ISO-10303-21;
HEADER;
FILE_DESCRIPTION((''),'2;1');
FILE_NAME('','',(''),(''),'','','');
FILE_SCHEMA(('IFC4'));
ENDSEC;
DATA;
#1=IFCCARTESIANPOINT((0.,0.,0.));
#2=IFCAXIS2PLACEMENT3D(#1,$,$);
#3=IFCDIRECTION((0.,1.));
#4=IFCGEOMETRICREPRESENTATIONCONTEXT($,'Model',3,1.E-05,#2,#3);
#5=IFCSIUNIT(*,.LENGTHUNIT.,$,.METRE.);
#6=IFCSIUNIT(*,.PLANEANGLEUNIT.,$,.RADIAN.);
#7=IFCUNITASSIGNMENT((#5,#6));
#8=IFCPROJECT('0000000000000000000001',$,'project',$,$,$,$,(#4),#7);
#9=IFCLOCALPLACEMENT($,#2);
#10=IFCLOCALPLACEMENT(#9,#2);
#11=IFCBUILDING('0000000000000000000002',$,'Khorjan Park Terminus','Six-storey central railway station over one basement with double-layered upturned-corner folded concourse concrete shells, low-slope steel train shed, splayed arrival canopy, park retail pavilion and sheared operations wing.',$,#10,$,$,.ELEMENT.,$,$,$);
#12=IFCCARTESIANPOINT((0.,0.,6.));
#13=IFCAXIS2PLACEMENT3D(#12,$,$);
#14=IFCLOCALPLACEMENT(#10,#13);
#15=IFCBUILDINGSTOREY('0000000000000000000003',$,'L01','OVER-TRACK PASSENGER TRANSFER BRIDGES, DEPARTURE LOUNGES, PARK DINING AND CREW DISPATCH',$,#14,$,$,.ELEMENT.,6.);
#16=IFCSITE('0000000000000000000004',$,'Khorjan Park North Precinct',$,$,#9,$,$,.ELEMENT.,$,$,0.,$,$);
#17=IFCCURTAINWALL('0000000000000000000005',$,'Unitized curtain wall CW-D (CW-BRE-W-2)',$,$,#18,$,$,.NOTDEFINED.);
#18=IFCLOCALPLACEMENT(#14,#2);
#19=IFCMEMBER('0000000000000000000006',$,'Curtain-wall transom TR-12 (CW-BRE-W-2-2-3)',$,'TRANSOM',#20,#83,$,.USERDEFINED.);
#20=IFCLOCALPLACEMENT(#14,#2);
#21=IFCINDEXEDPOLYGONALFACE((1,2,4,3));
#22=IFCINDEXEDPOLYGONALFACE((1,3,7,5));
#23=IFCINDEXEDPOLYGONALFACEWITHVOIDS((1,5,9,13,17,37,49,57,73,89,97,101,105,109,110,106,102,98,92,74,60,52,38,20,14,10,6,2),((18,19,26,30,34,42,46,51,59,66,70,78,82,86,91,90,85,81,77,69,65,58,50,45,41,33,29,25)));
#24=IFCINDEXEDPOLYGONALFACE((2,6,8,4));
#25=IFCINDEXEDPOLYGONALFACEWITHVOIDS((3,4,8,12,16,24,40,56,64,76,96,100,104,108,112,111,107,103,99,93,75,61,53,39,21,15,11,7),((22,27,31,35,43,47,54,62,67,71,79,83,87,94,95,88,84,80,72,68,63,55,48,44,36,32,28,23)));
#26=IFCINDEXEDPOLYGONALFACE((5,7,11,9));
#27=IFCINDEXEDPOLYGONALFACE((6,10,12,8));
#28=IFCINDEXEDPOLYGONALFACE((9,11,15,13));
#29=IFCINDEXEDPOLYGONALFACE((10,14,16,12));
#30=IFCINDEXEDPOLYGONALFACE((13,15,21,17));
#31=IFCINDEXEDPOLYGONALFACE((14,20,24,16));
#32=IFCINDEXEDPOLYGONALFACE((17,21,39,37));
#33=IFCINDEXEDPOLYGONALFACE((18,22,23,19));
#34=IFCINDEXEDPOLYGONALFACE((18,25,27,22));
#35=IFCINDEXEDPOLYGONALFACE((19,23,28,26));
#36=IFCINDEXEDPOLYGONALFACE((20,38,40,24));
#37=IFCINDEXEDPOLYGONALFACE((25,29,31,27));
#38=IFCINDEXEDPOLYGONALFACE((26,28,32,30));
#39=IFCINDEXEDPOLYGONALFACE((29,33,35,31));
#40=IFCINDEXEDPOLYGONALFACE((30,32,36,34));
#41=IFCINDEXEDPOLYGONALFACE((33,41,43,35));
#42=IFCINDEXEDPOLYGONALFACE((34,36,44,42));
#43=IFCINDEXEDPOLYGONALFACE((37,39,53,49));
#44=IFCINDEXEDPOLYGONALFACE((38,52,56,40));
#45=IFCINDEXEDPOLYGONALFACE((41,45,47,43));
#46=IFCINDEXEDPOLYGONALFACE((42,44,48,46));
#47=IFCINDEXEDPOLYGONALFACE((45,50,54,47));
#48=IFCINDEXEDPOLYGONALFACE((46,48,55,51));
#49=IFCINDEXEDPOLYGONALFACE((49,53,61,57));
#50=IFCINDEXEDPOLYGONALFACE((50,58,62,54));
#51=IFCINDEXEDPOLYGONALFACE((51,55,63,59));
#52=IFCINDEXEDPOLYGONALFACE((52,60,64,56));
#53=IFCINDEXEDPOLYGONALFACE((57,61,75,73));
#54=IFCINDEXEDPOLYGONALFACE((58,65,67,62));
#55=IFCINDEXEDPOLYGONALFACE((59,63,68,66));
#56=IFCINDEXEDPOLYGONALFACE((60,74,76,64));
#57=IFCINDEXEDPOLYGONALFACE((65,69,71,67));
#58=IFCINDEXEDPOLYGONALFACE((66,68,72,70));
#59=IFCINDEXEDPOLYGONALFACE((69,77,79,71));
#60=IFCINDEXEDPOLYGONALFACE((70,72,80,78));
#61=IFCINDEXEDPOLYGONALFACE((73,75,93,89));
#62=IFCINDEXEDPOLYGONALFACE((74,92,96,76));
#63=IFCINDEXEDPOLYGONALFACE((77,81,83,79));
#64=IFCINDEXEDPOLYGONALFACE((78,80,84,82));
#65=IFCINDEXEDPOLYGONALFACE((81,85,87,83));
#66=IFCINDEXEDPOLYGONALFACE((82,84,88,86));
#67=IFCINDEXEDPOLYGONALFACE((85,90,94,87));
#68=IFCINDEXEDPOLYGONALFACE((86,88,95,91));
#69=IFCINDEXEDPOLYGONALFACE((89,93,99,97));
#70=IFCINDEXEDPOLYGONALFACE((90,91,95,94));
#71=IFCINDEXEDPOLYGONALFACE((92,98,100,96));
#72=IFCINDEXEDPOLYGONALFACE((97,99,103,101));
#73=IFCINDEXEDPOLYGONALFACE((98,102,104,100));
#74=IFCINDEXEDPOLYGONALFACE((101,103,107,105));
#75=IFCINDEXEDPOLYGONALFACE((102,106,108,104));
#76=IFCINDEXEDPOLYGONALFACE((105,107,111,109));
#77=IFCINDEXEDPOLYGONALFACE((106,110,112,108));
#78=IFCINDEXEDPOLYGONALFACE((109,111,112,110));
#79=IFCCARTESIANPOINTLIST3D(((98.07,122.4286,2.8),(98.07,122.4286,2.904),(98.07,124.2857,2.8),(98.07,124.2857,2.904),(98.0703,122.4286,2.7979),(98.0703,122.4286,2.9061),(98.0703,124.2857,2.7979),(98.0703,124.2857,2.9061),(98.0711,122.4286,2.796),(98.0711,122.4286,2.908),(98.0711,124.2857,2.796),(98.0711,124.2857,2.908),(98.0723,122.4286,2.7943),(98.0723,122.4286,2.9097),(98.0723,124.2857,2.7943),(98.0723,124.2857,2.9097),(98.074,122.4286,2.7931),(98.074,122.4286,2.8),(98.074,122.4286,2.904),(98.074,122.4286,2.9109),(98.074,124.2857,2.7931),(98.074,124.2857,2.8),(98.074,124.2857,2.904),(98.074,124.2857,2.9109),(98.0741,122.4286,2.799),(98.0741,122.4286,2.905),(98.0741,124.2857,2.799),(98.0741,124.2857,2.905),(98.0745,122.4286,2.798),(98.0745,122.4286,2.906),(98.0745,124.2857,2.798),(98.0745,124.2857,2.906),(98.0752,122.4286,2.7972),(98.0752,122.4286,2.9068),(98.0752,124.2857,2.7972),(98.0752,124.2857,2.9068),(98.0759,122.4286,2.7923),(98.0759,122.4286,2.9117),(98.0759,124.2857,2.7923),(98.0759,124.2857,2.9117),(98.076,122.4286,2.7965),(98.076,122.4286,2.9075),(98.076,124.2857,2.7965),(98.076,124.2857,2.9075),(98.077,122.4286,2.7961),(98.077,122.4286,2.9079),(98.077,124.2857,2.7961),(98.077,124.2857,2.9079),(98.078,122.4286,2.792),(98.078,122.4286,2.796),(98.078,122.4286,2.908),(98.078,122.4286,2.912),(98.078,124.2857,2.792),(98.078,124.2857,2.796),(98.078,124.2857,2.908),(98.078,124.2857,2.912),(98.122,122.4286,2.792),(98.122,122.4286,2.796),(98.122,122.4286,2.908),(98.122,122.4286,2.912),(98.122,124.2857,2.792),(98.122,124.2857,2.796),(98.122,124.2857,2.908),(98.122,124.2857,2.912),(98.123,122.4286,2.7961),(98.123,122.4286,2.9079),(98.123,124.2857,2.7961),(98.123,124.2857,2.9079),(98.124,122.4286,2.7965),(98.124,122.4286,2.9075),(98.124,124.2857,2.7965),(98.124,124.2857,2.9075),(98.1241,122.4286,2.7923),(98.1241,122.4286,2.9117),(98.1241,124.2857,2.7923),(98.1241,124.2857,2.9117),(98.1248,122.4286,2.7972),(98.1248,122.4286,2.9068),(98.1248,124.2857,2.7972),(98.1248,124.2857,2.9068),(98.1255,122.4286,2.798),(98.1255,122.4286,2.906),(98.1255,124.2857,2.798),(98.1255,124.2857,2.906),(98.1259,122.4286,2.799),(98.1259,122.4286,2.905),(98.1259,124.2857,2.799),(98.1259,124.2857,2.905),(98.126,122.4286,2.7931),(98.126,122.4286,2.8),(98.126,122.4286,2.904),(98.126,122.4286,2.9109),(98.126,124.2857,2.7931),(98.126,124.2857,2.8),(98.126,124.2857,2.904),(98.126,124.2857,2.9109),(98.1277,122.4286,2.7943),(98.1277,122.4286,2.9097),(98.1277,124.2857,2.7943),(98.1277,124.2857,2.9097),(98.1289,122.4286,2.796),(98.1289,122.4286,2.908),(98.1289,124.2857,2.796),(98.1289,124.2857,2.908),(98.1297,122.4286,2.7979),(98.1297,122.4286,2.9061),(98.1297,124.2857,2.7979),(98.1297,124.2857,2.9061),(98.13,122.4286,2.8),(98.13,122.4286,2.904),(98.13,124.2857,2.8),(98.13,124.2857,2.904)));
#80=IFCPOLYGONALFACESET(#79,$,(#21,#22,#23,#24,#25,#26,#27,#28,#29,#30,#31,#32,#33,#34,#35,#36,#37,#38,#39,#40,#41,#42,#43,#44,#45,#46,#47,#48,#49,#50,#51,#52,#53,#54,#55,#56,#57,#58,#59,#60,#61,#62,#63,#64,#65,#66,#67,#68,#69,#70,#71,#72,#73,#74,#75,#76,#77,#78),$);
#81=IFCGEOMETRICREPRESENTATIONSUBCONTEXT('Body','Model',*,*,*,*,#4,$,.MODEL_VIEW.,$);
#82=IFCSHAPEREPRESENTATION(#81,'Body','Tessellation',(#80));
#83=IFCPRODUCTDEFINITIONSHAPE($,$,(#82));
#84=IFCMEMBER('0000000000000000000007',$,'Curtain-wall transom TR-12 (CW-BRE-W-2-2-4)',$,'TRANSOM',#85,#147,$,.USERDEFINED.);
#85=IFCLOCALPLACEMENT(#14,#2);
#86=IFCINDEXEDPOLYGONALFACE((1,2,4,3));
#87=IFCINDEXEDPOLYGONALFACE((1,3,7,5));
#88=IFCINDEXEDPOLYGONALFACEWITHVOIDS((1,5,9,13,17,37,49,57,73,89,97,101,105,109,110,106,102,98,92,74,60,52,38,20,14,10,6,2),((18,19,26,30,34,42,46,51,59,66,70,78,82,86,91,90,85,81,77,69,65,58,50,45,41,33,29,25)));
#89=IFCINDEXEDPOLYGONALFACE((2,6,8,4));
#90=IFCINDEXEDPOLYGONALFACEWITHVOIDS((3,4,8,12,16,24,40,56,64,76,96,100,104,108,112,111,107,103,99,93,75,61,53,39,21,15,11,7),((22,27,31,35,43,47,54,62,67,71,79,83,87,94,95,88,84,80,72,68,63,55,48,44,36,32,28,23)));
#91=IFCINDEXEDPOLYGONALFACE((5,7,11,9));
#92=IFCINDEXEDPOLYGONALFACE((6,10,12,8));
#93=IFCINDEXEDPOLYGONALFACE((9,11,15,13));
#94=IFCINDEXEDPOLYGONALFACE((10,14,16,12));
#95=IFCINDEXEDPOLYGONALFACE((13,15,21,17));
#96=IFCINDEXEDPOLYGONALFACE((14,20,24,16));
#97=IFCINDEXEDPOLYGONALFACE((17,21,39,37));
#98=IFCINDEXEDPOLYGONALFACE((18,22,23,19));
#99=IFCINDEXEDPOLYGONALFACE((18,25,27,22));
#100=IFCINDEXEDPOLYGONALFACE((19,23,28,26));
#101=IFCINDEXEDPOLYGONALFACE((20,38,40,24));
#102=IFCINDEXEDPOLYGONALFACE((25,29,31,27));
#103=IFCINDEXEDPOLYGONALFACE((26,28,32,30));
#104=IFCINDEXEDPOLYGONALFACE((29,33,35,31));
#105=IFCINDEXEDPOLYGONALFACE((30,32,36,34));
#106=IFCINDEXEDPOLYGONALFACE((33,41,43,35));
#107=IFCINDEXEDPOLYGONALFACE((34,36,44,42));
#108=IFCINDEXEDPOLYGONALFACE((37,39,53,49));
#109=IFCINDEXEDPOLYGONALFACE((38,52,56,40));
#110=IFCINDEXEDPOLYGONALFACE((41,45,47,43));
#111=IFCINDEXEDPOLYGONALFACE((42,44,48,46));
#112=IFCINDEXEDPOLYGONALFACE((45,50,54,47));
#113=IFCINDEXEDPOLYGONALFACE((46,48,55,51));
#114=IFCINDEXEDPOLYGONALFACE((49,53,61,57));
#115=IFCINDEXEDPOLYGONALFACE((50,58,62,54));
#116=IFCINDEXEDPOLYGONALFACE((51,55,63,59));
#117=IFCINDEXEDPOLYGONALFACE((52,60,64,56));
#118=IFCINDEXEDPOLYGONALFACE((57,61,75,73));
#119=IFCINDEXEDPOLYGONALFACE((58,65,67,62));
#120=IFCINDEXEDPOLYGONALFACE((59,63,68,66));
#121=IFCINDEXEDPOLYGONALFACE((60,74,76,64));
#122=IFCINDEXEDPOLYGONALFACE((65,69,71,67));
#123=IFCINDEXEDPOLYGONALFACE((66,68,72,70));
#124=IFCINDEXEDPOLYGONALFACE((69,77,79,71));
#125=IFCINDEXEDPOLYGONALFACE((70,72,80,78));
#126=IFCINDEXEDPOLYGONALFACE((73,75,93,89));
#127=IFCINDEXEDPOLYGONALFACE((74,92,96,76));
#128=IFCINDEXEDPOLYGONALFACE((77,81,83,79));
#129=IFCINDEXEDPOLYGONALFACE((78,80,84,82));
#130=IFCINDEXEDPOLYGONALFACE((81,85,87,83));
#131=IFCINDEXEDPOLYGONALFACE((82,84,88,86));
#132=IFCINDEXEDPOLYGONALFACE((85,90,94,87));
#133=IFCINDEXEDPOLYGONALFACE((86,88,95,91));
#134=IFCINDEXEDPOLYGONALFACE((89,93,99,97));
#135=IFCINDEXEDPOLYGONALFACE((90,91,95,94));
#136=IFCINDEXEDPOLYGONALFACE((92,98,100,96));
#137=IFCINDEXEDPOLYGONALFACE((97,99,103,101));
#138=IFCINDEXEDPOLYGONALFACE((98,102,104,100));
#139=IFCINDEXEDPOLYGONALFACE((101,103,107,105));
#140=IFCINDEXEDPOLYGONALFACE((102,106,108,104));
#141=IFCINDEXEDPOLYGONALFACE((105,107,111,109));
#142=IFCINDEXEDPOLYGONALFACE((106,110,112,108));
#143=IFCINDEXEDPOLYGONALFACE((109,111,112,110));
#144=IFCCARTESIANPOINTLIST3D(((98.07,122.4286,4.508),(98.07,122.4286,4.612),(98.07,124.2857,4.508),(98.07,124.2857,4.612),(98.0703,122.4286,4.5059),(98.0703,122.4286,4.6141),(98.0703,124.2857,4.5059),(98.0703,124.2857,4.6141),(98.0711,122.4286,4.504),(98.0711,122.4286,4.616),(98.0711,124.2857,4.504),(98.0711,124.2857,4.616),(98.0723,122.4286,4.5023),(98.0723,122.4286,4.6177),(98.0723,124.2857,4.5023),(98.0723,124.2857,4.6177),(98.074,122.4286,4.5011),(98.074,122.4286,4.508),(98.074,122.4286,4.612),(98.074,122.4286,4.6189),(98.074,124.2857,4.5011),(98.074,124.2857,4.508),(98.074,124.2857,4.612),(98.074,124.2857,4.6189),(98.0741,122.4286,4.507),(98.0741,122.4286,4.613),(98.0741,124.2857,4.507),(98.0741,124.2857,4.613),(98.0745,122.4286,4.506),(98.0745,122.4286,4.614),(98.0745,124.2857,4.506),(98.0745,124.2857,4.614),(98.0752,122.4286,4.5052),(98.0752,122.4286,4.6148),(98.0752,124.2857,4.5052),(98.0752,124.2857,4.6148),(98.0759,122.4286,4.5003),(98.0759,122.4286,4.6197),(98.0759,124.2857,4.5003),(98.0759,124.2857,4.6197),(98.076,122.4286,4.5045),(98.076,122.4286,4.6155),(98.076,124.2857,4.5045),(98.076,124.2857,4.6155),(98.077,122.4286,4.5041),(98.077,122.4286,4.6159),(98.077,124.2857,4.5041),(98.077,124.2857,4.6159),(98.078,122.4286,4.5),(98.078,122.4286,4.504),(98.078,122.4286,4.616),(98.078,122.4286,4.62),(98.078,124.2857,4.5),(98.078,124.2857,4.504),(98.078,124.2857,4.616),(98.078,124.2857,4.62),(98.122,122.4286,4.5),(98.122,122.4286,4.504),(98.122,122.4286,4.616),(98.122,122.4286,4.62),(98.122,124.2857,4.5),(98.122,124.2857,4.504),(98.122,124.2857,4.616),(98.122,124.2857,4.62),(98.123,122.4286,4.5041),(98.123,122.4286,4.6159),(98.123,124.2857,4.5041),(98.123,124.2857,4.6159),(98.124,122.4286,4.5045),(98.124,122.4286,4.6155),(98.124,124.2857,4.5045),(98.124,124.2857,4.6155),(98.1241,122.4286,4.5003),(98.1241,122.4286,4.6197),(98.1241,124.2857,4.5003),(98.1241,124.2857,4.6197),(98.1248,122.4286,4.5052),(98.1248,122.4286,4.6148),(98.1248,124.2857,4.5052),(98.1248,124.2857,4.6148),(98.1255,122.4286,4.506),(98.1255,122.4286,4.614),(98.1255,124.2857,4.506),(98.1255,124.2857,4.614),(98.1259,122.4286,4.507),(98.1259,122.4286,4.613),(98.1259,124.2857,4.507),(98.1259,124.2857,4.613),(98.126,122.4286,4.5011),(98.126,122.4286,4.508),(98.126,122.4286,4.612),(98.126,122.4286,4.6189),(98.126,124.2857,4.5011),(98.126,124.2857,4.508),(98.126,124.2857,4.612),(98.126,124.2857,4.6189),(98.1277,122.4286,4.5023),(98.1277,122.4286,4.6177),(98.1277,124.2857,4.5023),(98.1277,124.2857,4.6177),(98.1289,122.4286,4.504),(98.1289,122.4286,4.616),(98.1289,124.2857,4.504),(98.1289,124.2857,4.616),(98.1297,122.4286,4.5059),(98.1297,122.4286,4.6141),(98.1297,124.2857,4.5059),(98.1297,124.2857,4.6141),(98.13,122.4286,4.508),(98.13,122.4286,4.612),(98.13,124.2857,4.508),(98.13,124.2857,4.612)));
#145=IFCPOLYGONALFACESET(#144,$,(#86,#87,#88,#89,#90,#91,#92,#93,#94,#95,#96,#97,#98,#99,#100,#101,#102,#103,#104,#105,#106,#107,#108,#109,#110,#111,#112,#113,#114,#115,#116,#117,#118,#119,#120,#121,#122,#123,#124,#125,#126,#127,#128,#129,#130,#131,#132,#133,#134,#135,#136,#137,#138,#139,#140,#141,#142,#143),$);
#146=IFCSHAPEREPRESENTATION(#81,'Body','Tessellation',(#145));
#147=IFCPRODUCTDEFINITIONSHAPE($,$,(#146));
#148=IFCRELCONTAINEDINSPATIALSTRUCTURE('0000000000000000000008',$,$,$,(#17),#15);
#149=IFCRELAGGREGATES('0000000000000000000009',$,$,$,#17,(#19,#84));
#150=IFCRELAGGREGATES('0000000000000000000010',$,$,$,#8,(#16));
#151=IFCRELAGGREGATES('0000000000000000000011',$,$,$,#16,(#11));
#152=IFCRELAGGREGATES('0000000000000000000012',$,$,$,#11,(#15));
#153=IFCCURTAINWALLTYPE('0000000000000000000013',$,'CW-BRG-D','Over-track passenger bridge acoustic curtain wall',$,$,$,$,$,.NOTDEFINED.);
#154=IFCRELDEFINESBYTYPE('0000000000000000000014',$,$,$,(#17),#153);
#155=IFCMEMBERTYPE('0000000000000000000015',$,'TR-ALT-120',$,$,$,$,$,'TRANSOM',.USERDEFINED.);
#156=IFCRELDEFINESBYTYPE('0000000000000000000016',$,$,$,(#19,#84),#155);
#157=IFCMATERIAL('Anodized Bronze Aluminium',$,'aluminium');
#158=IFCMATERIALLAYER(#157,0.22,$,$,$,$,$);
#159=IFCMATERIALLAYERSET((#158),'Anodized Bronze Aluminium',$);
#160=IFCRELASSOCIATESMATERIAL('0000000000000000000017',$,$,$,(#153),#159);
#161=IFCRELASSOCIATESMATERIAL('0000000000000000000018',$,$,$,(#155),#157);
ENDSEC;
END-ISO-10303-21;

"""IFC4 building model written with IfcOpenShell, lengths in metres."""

from ifc_helpers import new_model, si_unit, direction, frame, origin, origin_2d, place, context, subcontext, project, spatial, hollow_rectangle, extrude, material, layer, layer_set, material_profile, profile_set, type_object, element, aggregate, save


model = new_model("IFC4")

# Units and contexts
model_context = context("Model", 3, precision=1e-05, world=origin(), true_north=direction((0.0, 1.0)))
body_context = subcontext(model_context, "Body", "Model", "MODEL_VIEW")
ifc_project = project(units=[si_unit("LENGTHUNIT", "METRE"), si_unit("PLANEANGLEUNIT", "RADIAN")], contexts=[model_context])

# Site, building, storey
site_placement = place(None, origin())
site = spatial("IfcSite", under=ifc_project, at=site_placement, Name="Khorjan Park North Precinct", CompositionType="ELEMENT", RefElevation=0.0)
building_placement = place(site_placement, origin())
building = spatial("IfcBuilding", under=site, at=building_placement, Name="Khorjan Park Terminus", Description="Six-storey central railway station over one basement with double-layered upturned-corner folded concourse concrete shells, low-slope steel train shed, splayed arrival canopy, park retail pavilion and sheared operations wing.", CompositionType="ELEMENT")
storey_placement = place(building_placement, frame((0.0, 0.0, 6.0)))
storey = spatial("IfcBuildingStorey", under=building, at=storey_placement, Name="L01", Description="OVER-TRACK PASSENGER TRANSFER BRIDGES, DEPARTURE LOUNGES, PARK DINING AND CREW DISPATCH", CompositionType="ELEMENT", Elevation=6.0)

# Curtain wall, members
ifc_material_1 = material(Name="Anodized Bronze Aluminium", Category="aluminium")
ifc_layer_1 = layer(ifc_material_1, 0.22)
ifc_layer_set_1 = layer_set([ifc_layer_1], Name="Anodized Bronze Aluminium")
curtain_wall_type = type_object("IfcCurtainWallType", Name="CW-BRG-D", Description="Over-track passenger bridge acoustic curtain wall", PredefinedType="NOTDEFINED", material=ifc_layer_set_1)
curtain_wall_placement = place(storey_placement, origin())
curtain_wall = element("IfcCurtainWall", 1, at=curtain_wall_placement, inside=storey, type_object=curtain_wall_type, Name="Unitized curtain wall CW-D (CW-BRE-W-2)", PredefinedType="NOTDEFINED")
ifc_material_profile_1 = material_profile(ifc_material_1, hollow_rectangle(XDim=0.06, YDim=0.12, WallThickness=0.004, InnerFilletRadius=0.004, OuterFilletRadius=0.008, at=origin_2d()), Name="ALT 60x120x4")
ifc_profile_set_1 = profile_set([ifc_material_profile_1], Name="Anodized Bronze Aluminium")
member_type_1 = type_object("IfcMemberType", Name="TR-ALT-120", ElementType="TRANSOM", PredefinedType="USERDEFINED", material=ifc_profile_set_1)
member_1_placement = place(storey_placement, frame((98.1, 124.2857, 2.852), z_axis=(0.0, -1.0, 0.0), x_axis=(1.0, 0.0, 0.0)))
member_1 = element("IfcMember", 2, at=member_1_placement, type_object=member_type_1, Name="Curtain-wall transom TR-12 (CW-BRE-W-2-2-3)", ObjectType="TRANSOM", PredefinedType="USERDEFINED", context=body_context, shape_type="SweptSolid", body=[
    extrude(hollow_rectangle(XDim=0.06, YDim=0.12, WallThickness=0.004, InnerFilletRadius=0.004, OuterFilletRadius=0.008, at=origin_2d()), origin(), (0.0, 0.0, 1.0), 1.8571),
])
member_2_placement = place(storey_placement, frame((98.1, 124.2857, 4.56), z_axis=(0.0, -1.0, 0.0), x_axis=(1.0, 0.0, 0.0)))
member_2 = element("IfcMember", 3, at=member_2_placement, type_object=member_type_1, Name="Curtain-wall transom TR-12 (CW-BRE-W-2-2-4)", ObjectType="TRANSOM", PredefinedType="USERDEFINED", context=body_context, shape_type="SweptSolid", body=[
    extrude(hollow_rectangle(XDim=0.06, YDim=0.12, WallThickness=0.004, InnerFilletRadius=0.004, OuterFilletRadius=0.008, at=origin_2d()), origin(), (0.0, 0.0, 1.0), 1.8571),
])
aggregate(curtain_wall, [member_1, member_2])

save(model, "model.ifc")
